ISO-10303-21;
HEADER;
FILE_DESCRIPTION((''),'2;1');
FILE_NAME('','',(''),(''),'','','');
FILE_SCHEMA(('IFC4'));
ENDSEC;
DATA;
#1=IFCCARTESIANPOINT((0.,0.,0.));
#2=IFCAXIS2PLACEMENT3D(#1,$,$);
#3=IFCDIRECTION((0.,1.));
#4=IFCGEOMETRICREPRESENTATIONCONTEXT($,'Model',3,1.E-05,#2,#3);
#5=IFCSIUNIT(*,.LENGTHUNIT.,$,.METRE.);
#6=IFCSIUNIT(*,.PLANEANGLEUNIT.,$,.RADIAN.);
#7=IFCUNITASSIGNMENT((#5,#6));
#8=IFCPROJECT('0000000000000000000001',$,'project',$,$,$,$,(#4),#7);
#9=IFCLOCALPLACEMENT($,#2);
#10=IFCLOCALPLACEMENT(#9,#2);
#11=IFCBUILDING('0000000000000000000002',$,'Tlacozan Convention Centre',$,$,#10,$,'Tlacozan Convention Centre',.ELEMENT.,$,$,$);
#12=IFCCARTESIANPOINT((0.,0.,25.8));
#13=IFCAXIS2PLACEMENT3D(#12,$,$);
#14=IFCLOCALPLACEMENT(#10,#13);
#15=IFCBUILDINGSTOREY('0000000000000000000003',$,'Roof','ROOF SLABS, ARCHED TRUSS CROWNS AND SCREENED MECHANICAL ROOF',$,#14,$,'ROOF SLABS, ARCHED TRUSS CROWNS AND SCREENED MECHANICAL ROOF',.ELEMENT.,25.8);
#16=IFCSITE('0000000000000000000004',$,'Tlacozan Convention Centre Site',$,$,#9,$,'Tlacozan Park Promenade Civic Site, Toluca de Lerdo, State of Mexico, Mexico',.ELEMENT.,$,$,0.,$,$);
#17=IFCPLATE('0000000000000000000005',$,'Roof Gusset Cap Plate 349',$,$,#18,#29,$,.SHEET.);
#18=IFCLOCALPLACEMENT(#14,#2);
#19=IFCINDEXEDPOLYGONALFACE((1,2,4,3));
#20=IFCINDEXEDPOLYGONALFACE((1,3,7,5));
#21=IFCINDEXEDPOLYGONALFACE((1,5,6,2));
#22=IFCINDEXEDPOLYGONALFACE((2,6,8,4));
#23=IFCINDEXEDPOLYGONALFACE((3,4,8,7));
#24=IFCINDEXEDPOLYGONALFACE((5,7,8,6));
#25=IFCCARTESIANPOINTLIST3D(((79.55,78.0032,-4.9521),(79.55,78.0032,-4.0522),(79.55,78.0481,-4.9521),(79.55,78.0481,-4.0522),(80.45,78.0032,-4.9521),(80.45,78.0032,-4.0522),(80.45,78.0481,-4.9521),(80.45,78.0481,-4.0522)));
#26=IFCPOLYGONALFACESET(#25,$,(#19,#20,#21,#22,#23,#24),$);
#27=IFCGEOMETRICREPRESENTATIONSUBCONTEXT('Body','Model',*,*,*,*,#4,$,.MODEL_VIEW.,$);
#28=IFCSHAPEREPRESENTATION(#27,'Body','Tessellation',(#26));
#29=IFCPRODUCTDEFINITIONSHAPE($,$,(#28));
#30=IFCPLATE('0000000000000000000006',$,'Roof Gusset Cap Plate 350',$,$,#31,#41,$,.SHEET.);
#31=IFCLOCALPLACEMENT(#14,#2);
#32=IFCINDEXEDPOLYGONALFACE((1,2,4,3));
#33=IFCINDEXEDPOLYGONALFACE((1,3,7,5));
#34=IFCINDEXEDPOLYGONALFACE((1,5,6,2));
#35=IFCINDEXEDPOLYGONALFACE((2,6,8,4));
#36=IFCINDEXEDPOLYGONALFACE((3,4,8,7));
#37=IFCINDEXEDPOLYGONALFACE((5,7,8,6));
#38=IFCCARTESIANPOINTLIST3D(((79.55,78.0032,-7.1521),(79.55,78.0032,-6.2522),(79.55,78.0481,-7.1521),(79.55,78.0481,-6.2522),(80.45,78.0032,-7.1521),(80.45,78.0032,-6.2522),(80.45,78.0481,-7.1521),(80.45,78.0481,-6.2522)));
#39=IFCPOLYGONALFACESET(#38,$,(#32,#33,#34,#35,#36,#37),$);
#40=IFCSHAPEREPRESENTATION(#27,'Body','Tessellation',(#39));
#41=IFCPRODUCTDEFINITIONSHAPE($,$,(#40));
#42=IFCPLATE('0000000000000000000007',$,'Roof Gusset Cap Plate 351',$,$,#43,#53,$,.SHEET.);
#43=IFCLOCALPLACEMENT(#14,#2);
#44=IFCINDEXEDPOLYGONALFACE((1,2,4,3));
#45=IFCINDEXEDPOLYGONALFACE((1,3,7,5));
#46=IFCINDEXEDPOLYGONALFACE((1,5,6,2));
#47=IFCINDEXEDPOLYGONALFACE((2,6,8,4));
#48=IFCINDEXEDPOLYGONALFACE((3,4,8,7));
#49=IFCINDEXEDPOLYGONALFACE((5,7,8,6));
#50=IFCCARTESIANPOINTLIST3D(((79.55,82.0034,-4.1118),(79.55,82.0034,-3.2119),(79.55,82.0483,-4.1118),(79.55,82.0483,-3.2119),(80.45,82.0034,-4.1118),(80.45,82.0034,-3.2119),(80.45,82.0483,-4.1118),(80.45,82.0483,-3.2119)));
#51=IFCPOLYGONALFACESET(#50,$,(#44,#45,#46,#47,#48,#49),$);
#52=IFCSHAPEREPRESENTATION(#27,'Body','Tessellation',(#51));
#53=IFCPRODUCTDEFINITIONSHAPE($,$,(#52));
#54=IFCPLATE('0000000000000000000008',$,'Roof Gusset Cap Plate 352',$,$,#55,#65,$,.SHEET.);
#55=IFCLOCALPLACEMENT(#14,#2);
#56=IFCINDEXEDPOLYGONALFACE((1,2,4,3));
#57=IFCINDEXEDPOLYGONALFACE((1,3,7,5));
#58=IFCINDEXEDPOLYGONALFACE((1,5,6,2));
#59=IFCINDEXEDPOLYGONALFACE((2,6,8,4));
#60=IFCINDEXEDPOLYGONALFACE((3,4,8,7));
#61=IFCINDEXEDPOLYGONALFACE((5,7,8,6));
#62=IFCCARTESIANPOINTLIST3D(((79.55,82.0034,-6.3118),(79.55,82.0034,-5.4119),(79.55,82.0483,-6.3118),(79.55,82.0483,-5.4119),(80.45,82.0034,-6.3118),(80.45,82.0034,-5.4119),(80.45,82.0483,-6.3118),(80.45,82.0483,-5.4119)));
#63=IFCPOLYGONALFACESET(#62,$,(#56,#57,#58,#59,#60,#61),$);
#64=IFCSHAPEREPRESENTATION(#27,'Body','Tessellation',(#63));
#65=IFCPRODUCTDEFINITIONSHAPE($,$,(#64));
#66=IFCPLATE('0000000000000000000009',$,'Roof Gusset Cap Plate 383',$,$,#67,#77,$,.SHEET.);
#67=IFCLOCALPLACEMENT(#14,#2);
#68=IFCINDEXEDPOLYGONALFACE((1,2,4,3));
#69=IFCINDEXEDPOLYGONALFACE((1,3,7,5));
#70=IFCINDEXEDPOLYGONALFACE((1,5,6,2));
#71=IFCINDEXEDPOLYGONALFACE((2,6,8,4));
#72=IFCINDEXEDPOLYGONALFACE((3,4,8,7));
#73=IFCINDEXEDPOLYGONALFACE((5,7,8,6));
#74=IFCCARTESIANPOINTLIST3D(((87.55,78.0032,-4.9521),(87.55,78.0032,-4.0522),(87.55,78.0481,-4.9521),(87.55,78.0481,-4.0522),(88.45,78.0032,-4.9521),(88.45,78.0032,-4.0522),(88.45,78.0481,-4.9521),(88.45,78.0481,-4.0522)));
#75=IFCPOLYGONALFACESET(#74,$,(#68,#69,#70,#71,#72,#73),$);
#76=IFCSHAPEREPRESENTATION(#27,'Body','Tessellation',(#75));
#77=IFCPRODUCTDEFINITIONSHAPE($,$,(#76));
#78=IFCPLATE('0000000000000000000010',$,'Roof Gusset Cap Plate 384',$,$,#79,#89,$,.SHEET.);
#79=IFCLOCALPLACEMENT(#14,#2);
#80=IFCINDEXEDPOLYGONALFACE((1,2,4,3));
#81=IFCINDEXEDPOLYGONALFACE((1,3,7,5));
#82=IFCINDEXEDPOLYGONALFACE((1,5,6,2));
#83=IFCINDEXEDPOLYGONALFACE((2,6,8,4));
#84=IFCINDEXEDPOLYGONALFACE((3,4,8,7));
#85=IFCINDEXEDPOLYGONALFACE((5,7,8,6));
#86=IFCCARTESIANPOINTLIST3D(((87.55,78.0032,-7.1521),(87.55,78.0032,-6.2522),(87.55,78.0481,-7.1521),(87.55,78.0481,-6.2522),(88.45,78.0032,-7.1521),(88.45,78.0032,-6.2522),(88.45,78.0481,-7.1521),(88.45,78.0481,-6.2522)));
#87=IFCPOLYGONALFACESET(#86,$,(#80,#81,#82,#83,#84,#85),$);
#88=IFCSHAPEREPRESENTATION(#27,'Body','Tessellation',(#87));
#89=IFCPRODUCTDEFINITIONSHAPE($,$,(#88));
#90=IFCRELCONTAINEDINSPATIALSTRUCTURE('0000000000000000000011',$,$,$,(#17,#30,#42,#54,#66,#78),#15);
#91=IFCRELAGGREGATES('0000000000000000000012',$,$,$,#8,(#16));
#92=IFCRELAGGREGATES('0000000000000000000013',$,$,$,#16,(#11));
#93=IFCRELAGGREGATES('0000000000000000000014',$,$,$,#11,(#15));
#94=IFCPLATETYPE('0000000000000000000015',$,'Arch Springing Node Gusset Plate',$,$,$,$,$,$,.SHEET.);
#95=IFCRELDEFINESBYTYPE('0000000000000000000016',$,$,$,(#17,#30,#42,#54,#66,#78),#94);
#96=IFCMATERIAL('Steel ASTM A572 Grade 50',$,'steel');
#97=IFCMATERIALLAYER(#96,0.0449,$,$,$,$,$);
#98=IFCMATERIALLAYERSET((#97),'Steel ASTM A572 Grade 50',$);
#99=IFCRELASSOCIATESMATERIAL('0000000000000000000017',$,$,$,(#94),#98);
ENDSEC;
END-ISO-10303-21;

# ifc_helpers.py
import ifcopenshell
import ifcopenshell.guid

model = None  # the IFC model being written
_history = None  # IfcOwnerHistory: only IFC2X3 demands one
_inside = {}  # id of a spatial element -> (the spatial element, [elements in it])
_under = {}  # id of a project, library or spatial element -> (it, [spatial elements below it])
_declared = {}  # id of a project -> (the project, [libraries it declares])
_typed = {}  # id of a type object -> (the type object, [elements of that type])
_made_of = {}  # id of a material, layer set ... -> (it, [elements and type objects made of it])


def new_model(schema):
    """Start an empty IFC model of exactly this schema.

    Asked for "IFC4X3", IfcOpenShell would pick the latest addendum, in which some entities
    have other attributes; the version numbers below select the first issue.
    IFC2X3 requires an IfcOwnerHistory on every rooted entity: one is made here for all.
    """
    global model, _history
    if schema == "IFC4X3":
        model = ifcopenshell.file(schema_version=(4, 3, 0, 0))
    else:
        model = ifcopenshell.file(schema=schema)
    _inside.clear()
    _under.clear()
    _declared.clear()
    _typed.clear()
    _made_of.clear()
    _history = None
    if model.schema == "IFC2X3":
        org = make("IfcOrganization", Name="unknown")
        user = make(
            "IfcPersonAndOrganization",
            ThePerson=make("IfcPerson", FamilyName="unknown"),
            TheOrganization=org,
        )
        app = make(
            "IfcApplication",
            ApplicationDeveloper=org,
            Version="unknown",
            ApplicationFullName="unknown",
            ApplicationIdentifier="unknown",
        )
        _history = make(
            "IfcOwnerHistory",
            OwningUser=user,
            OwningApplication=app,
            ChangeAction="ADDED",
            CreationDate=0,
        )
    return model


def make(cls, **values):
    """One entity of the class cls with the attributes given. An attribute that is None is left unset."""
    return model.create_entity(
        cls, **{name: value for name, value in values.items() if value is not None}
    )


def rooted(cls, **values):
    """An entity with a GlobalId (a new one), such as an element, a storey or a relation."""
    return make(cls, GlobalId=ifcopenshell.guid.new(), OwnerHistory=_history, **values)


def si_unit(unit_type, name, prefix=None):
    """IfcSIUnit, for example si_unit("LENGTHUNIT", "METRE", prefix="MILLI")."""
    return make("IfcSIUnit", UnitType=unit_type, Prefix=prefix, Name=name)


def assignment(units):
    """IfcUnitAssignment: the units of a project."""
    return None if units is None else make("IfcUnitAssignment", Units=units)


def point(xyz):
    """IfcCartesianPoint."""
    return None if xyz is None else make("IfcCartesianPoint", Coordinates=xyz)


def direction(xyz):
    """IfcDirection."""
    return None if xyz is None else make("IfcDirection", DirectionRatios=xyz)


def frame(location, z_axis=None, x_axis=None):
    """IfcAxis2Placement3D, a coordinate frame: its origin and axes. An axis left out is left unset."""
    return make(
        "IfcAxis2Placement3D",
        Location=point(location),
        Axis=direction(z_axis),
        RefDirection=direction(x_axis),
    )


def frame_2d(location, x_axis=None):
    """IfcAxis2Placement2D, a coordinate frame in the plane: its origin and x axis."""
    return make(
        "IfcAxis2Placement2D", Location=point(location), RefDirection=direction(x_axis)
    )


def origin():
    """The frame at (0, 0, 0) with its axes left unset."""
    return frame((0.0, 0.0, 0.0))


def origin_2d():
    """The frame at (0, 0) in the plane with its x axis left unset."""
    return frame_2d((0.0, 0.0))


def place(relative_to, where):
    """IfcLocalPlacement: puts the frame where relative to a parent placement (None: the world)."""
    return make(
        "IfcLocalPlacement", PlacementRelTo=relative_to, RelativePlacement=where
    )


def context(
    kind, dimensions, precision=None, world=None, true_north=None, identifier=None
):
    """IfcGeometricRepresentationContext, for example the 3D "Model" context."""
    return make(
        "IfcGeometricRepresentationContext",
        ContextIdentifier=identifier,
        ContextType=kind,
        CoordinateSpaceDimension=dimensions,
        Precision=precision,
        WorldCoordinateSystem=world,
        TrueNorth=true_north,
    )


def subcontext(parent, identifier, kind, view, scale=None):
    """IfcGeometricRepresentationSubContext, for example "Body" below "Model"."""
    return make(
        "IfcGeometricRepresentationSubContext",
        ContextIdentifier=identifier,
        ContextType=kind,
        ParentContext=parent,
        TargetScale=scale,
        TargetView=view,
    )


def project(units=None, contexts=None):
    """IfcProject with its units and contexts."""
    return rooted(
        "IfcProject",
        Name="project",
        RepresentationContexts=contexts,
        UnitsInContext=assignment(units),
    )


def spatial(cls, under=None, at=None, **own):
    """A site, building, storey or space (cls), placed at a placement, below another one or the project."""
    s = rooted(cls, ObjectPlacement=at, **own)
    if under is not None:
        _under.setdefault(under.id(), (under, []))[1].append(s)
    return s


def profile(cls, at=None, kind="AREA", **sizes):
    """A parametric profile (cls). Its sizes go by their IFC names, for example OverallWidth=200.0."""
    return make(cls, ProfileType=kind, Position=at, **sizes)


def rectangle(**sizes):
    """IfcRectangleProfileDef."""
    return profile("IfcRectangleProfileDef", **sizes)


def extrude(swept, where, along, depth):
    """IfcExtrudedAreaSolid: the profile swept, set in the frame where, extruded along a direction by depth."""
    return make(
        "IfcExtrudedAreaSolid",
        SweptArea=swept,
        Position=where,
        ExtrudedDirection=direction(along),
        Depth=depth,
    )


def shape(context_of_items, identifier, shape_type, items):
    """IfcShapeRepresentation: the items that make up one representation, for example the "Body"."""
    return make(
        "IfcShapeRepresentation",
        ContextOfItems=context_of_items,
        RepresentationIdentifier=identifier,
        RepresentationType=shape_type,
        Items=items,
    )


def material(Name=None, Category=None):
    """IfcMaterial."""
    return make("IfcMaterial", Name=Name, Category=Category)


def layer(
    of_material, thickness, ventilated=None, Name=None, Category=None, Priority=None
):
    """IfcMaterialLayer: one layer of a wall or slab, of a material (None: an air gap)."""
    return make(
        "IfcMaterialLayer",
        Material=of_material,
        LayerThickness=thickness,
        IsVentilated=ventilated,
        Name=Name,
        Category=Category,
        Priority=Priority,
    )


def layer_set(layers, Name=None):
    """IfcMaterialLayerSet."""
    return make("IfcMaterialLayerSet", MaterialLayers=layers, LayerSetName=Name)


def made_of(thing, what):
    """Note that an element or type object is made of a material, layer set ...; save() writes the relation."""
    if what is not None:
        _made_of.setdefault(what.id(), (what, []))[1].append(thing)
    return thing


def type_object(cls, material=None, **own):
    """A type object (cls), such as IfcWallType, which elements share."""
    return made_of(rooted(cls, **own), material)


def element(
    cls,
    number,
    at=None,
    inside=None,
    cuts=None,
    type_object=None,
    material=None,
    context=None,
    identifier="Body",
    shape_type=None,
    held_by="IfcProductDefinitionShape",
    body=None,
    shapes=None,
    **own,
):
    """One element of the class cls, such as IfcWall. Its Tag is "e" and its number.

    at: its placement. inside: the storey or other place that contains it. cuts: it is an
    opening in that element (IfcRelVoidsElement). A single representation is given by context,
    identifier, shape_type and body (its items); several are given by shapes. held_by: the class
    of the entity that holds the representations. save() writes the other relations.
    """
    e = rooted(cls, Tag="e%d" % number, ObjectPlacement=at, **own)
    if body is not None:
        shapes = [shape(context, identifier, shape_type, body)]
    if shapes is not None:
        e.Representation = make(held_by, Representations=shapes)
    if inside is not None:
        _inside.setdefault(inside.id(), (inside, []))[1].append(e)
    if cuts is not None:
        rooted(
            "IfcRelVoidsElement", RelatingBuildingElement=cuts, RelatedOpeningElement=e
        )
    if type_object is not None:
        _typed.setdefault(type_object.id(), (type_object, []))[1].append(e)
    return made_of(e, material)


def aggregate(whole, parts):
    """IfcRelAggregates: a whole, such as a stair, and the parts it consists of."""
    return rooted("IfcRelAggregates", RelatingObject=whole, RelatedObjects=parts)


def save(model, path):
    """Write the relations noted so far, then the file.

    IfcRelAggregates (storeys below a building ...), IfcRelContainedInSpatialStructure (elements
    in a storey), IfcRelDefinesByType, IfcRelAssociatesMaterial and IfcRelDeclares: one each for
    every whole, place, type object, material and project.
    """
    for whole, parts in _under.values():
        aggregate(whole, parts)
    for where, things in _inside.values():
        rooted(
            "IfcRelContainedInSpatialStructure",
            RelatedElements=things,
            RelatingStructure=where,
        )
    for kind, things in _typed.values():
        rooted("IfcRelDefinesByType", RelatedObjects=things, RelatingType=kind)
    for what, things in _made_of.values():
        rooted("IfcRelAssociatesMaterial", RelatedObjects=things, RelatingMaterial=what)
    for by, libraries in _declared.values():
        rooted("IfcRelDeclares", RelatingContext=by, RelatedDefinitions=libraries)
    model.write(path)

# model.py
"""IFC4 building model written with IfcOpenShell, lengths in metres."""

from ifc_helpers import new_model, si_unit, direction, frame, origin, origin_2d, place, context, subcontext, project, spatial, rectangle, extrude, material, layer, layer_set, type_object, element, save


model = new_model("IFC4")

# Units and contexts
model_context = context("Model", 3, precision=1e-05, world=origin(), true_north=direction((0.0, 1.0)))
body_context = subcontext(model_context, "Body", "Model", "MODEL_VIEW")
ifc_project = project(units=[si_unit("LENGTHUNIT", "METRE"), si_unit("PLANEANGLEUNIT", "RADIAN")], contexts=[model_context])

# Site, building, storey
site_placement = place(None, origin())
site = spatial("IfcSite", under=ifc_project, at=site_placement, Name="Tlacozan Convention Centre Site", LongName="Tlacozan Park Promenade Civic Site, Toluca de Lerdo, State of Mexico, Mexico", CompositionType="ELEMENT", RefElevation=0.0)
building_placement = place(site_placement, origin())
building = spatial("IfcBuilding", under=site, at=building_placement, Name="Tlacozan Convention Centre", LongName="Tlacozan Convention Centre", CompositionType="ELEMENT")
storey_placement = place(building_placement, frame((0.0, 0.0, 25.8)))
storey = spatial("IfcBuildingStorey", under=building, at=storey_placement, Name="Roof", Description="ROOF SLABS, ARCHED TRUSS CROWNS AND SCREENED MECHANICAL ROOF", LongName="ROOF SLABS, ARCHED TRUSS CROWNS AND SCREENED MECHANICAL ROOF", CompositionType="ELEMENT", Elevation=25.8)

# Plates
ifc_material_1 = material(Name="Steel ASTM A572 Grade 50", Category="steel")
ifc_layer = layer(ifc_material_1, 0.0449)
ifc_layer_set = layer_set([ifc_layer], Name="Steel ASTM A572 Grade 50")
plate_type = type_object("IfcPlateType", Name="Arch Springing Node Gusset Plate", PredefinedType="SHEET", material=ifc_layer_set)
for number, where, z_axis, x_axis, name in (
    (1, (80.0, 78.0256, -4.9521), (0.0, 0.0, 1.0), (0.0, 1.0, 0.0), "Roof Gusset Cap Plate 349"),
    (2, (80.0, 78.0256, -7.1521), (0.0, 0.0, 1.0), (0.0, 1.0, 0.0), "Roof Gusset Cap Plate 350"),
    (3, (80.0, 82.0259, -4.1118), (0.0, 0.0, 1.0), (0.0, 1.0, 0.0), "Roof Gusset Cap Plate 351"),
    (4, (80.0, 82.0259, -6.3118), (0.0, 0.0, 1.0), (0.0, 1.0, 0.0), "Roof Gusset Cap Plate 352"),
    (5, (88.0, 78.0256, -4.9521), (0.0, 0.0, 1.0), (0.0, 1.0, 0.0), "Roof Gusset Cap Plate 383"),
    (6, (88.0, 78.0256, -7.1521), (0.0, 0.0, 1.0), (0.0, 1.0, 0.0), "Roof Gusset Cap Plate 384"),
):
    element("IfcPlate", number, at=place(storey_placement, frame(where, z_axis=z_axis, x_axis=x_axis)), inside=storey, type_object=plate_type, Name=name, PredefinedType="SHEET", context=body_context, shape_type="SweptSolid", body=[
        extrude(rectangle(XDim=0.0449, YDim=0.8999, at=origin_2d()), origin(), (0.0, 0.0, 1.0), 0.8999),
    ])

save(model, "model.ifc")
